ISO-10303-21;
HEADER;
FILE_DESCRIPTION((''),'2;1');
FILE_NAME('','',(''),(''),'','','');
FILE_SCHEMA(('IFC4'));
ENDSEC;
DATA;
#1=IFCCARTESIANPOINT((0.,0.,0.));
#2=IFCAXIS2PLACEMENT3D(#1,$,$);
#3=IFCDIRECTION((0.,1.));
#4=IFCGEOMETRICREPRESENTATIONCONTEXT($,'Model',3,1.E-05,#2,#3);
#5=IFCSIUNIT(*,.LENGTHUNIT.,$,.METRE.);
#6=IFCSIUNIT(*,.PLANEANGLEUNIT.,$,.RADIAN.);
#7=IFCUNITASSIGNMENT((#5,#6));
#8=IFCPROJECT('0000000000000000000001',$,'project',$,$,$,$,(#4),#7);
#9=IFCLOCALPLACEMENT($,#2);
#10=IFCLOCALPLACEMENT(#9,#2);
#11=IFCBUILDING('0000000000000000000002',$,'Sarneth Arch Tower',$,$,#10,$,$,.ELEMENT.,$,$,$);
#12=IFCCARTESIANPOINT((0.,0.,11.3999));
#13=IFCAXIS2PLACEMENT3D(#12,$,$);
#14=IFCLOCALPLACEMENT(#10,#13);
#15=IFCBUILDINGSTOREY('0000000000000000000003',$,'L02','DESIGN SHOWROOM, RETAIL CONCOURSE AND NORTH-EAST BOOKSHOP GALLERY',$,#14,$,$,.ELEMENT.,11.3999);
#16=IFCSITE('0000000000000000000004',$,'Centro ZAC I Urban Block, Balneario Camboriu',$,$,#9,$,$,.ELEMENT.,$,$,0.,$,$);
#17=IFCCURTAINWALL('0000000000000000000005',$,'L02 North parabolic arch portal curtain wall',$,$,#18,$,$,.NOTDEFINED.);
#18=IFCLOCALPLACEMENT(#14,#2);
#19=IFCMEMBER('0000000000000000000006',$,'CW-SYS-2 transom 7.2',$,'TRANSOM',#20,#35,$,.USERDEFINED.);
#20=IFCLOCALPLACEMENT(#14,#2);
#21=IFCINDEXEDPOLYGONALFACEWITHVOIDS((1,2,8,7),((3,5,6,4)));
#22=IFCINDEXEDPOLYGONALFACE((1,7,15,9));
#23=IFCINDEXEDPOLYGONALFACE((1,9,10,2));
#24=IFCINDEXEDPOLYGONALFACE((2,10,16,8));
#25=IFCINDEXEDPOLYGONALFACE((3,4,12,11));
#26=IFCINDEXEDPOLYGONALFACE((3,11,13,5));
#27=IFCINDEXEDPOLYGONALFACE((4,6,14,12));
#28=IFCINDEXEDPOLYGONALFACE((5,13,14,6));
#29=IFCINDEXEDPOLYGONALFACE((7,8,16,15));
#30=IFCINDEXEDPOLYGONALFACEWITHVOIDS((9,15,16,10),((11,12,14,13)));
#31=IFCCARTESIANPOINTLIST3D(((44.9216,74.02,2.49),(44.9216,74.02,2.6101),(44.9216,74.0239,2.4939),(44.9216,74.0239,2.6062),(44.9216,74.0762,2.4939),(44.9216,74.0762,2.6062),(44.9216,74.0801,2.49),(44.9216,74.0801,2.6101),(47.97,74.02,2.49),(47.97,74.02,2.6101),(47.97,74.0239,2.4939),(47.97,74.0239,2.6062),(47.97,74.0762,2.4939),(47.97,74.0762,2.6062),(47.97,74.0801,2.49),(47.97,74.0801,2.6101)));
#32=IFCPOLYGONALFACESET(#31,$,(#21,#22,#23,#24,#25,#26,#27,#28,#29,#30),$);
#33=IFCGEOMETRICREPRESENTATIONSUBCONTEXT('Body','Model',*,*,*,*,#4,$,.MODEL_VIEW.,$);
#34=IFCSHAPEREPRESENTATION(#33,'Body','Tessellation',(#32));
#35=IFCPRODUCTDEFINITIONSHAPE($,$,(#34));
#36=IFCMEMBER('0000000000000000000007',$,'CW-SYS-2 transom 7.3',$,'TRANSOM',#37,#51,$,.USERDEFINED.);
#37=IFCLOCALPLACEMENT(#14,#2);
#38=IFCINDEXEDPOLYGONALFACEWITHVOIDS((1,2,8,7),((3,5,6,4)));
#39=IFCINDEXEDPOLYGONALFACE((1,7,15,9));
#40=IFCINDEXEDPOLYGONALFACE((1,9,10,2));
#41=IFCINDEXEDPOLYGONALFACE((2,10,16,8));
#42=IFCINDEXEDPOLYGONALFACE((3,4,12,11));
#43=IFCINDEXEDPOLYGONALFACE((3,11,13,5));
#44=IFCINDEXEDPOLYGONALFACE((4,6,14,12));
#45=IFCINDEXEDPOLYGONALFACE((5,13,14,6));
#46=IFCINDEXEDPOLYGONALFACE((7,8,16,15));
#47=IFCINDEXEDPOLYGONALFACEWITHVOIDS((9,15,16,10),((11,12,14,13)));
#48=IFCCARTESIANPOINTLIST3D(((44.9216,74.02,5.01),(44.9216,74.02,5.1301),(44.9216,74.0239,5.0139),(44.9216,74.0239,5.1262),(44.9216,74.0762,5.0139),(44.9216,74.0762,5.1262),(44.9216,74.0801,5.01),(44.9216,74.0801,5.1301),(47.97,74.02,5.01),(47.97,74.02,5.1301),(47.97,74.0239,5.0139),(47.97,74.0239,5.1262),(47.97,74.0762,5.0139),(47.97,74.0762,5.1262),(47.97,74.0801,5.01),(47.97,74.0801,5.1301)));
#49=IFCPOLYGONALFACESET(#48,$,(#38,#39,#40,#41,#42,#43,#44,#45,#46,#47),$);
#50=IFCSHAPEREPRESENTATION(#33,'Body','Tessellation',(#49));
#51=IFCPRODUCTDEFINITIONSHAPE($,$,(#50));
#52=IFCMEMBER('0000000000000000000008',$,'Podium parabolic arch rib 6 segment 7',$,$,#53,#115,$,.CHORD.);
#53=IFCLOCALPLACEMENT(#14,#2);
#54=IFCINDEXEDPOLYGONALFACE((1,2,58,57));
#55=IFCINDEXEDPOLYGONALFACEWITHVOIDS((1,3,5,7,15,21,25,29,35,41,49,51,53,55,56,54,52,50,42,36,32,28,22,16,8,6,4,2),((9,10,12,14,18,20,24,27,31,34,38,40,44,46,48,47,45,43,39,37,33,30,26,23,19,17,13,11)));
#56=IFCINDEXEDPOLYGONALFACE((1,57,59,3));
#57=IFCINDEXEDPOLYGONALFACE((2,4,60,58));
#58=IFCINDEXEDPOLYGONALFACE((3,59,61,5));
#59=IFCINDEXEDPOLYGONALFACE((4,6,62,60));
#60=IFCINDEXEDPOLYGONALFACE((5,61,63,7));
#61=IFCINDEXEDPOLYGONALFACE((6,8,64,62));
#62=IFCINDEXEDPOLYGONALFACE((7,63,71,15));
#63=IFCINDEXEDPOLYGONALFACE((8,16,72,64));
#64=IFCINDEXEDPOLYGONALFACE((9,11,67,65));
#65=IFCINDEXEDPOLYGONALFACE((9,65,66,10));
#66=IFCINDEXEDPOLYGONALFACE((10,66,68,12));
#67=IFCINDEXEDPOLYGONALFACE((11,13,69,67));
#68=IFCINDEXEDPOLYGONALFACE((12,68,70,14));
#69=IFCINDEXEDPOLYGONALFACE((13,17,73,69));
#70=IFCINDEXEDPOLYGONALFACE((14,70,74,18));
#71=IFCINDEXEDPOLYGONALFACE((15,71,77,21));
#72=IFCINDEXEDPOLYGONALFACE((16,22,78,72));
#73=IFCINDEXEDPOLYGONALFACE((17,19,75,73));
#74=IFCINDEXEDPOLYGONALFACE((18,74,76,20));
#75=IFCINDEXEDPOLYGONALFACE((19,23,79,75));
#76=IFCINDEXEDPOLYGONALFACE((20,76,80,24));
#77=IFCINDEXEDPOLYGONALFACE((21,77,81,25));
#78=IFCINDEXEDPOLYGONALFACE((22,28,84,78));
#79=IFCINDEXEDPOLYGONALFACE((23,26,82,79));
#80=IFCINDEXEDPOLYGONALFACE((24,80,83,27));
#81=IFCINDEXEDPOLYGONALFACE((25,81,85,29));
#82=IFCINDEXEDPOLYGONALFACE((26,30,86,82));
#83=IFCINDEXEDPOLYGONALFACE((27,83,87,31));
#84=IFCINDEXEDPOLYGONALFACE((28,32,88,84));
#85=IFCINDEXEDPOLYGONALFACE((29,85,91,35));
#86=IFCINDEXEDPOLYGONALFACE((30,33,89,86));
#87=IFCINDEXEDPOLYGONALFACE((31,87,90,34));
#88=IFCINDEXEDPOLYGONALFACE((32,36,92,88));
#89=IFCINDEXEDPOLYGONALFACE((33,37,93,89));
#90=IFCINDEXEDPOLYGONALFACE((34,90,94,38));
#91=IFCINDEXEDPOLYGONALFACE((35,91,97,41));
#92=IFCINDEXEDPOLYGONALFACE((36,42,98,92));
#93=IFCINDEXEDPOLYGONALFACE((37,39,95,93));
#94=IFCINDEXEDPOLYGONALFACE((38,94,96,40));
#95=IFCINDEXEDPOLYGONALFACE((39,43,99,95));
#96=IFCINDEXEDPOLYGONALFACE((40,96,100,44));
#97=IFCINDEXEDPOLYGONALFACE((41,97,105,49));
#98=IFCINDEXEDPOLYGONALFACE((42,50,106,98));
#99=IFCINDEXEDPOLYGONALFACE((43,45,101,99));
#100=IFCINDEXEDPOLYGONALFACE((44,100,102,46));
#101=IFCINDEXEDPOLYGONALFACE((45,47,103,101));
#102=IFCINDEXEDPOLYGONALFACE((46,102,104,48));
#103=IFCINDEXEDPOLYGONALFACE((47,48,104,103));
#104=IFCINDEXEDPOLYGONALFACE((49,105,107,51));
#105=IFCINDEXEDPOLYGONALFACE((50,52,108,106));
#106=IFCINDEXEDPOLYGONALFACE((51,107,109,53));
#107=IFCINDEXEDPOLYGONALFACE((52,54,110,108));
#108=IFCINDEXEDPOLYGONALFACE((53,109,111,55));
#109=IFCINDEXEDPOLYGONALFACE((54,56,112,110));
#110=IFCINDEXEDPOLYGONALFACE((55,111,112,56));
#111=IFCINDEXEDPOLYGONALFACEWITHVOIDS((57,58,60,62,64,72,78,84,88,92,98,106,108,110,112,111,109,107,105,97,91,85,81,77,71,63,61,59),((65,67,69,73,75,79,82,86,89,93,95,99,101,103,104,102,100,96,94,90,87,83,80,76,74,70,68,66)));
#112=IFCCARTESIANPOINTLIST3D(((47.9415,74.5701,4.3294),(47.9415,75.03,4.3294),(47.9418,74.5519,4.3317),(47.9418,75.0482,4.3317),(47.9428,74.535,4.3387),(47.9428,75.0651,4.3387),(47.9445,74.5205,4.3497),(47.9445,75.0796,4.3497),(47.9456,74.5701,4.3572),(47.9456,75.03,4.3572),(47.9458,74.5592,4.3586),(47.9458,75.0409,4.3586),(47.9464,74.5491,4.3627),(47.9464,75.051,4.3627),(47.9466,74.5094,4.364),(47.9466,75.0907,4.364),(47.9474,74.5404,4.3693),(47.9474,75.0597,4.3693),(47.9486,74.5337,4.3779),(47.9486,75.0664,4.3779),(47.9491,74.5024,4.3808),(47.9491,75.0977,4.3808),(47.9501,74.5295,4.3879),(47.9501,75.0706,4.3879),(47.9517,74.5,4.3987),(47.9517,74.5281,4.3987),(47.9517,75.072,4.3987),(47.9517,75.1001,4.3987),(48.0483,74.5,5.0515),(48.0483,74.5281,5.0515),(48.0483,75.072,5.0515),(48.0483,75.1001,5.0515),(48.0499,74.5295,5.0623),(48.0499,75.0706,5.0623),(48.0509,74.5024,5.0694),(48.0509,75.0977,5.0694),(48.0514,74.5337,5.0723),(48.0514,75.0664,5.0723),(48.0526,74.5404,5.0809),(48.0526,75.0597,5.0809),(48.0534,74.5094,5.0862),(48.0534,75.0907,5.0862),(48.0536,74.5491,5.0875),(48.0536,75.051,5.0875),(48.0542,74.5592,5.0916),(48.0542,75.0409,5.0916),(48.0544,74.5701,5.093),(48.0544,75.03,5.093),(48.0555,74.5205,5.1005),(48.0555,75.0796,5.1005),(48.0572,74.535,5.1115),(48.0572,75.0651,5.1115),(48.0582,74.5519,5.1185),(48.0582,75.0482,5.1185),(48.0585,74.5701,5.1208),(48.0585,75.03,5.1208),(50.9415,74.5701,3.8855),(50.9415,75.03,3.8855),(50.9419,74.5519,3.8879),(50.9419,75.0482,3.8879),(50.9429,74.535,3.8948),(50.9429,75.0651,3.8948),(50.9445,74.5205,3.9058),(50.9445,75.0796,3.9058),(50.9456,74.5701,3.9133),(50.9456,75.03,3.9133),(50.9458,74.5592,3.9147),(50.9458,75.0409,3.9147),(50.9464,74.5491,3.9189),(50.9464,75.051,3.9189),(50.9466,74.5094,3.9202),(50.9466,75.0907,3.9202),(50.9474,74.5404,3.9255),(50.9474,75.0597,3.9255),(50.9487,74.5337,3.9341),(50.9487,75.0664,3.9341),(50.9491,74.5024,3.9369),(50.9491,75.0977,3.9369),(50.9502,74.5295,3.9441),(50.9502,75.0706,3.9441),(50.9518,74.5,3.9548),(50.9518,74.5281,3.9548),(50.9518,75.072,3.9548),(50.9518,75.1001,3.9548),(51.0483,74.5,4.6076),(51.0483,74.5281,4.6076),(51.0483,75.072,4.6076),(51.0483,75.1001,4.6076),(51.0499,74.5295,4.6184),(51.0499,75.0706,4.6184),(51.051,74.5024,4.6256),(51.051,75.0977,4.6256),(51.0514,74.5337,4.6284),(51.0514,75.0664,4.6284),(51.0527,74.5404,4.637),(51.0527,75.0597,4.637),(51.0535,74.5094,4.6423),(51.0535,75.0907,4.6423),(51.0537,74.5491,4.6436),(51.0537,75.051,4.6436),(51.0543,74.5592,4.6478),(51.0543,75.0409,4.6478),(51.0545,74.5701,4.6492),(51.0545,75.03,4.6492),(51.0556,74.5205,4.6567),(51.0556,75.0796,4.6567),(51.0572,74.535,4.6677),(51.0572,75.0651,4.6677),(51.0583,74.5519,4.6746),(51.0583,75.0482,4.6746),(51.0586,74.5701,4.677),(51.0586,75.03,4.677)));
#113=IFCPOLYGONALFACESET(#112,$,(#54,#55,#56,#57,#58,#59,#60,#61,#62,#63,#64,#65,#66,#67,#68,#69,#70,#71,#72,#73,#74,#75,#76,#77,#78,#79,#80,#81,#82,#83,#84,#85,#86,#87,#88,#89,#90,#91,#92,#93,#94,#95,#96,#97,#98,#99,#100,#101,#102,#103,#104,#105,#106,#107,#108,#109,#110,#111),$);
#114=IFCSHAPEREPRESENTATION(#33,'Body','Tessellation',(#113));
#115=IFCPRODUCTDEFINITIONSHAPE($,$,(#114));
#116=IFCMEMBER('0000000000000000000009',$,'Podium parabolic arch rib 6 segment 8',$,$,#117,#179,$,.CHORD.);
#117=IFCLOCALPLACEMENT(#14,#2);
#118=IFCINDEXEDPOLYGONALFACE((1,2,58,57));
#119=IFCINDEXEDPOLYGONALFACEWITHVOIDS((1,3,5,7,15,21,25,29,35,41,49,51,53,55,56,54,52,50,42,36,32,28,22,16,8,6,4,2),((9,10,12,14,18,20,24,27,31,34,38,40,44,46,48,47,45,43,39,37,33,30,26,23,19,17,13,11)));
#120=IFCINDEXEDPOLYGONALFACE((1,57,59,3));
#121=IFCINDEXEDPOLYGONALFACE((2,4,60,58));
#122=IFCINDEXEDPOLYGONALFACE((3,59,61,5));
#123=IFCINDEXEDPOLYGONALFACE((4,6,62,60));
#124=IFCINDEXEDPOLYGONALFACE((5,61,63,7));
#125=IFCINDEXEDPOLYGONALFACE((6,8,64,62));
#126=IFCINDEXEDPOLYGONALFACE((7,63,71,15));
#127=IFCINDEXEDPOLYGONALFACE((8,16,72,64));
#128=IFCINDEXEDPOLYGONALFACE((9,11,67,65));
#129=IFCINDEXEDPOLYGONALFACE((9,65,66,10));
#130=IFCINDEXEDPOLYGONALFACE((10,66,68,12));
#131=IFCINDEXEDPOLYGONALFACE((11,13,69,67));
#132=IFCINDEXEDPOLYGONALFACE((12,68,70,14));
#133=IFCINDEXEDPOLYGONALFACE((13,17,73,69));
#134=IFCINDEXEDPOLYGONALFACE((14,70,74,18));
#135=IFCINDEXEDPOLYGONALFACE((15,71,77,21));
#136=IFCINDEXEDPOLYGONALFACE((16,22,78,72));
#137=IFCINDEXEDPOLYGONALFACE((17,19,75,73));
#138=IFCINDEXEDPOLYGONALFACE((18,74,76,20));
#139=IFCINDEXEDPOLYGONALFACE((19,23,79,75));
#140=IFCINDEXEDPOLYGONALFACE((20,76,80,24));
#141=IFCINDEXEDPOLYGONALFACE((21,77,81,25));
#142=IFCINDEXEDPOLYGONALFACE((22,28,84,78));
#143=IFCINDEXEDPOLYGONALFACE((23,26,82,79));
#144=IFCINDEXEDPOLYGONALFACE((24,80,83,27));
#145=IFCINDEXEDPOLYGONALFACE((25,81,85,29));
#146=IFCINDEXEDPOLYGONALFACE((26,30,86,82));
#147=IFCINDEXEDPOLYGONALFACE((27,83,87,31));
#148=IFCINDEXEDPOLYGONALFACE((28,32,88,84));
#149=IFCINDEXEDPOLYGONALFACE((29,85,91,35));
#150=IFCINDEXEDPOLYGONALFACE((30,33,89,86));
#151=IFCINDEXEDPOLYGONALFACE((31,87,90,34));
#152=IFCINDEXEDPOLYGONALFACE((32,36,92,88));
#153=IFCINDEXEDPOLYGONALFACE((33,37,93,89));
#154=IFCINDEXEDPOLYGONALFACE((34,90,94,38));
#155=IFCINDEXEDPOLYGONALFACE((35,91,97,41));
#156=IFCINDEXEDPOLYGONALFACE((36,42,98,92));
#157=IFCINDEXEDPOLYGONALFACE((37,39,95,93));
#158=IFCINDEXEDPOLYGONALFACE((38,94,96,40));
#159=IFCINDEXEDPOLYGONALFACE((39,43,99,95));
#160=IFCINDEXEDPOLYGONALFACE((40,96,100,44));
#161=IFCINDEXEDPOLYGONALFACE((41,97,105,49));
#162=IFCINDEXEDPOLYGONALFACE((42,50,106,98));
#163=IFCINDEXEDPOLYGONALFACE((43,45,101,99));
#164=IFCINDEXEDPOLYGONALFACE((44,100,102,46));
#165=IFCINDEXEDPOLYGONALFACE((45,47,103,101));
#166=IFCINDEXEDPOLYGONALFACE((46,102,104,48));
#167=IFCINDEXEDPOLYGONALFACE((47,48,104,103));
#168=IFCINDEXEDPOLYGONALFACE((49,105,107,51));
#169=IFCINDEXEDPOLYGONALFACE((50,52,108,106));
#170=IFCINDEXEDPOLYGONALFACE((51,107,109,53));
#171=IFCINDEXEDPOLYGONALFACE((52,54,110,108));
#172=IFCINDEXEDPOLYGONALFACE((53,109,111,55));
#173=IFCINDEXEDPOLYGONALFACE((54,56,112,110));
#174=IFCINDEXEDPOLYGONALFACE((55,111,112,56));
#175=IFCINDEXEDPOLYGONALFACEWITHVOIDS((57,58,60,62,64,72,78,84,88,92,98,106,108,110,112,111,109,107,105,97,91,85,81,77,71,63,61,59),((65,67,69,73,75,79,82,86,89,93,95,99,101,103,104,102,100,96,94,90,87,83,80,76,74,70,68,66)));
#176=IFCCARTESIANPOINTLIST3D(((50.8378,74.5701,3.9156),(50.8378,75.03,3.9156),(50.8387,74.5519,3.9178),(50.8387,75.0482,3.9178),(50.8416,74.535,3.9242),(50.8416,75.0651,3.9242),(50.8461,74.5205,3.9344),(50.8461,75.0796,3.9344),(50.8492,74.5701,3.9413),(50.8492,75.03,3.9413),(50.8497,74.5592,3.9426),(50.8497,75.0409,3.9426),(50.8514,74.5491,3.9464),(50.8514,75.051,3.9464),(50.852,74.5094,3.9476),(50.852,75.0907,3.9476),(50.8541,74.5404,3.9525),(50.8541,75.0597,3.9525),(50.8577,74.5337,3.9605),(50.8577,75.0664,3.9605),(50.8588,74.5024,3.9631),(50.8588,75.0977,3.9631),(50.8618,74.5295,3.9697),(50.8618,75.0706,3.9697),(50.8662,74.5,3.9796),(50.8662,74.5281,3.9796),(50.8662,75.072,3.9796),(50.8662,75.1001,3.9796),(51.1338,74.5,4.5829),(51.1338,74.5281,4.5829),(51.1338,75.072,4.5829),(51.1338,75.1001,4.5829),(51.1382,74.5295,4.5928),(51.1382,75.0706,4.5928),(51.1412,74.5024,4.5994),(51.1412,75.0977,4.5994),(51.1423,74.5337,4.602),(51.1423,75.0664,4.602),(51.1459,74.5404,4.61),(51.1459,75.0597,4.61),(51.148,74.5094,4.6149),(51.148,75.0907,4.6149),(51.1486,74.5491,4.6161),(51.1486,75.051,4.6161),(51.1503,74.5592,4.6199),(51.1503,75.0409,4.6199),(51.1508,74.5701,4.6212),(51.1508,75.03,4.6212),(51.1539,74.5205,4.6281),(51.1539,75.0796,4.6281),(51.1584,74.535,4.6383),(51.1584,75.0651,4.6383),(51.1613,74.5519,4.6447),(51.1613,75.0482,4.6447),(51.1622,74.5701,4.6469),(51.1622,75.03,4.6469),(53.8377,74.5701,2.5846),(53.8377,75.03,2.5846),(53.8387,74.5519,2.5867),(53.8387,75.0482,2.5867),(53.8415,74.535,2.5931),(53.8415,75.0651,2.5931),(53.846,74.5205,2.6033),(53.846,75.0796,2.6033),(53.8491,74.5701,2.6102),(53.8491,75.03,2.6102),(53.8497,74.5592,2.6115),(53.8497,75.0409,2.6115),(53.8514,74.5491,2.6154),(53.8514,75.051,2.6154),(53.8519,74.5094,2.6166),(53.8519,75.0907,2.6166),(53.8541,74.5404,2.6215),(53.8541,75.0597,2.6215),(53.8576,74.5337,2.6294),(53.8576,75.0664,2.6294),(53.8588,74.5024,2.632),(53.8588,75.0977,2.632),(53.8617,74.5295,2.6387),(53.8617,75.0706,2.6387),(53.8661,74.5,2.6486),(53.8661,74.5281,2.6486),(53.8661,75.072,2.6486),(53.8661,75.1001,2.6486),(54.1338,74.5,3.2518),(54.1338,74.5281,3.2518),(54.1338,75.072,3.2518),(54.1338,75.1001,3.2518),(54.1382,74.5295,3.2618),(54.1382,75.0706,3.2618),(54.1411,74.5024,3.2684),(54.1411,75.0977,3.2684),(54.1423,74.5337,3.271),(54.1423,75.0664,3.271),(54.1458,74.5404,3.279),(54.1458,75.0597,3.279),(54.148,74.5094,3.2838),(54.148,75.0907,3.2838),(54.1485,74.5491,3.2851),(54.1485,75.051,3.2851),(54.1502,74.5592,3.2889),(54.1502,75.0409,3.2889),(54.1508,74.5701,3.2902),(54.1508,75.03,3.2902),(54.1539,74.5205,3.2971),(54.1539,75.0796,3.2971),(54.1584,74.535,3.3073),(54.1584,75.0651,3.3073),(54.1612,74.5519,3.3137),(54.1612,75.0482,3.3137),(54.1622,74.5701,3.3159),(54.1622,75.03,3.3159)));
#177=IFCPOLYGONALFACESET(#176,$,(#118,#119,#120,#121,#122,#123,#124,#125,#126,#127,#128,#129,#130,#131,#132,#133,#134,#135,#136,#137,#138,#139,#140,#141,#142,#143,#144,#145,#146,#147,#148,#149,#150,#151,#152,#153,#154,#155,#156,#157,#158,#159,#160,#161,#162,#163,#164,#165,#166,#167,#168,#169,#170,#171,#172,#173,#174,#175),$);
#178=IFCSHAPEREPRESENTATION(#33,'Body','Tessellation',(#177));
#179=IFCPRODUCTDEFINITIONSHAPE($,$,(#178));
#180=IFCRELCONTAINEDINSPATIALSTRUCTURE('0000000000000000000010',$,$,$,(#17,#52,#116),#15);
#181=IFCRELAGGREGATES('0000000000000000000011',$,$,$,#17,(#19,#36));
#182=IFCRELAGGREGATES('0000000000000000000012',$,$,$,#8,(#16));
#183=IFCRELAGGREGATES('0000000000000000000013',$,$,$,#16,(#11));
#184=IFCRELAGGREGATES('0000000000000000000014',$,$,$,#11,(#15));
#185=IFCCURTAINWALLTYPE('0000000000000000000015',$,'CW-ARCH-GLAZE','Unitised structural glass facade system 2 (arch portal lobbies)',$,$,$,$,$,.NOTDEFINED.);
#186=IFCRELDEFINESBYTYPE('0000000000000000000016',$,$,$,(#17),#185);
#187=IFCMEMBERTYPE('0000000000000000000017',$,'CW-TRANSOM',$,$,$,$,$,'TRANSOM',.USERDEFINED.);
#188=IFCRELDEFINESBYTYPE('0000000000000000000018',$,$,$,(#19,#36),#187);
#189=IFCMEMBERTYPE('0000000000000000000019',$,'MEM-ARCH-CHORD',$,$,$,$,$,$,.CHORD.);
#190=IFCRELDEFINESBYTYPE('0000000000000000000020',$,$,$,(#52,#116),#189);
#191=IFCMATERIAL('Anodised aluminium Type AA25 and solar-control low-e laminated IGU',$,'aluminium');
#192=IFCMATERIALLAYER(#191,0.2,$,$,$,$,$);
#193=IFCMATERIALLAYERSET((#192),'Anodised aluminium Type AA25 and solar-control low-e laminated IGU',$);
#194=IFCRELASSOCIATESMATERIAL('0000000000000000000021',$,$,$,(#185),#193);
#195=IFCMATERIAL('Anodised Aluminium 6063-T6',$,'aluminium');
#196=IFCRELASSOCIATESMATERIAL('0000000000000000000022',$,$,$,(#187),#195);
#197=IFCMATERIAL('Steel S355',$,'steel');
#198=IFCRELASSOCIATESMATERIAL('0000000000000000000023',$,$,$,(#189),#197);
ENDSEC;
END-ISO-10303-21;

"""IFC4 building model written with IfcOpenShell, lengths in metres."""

from ifc_helpers import new_model, si_unit, direction, frame, origin, origin_2d, place, context, subcontext, project, spatial, hollow_rectangle, extrude, material, layer, layer_set, material_profile, profile_set, type_object, element, aggregate, save


model = new_model("IFC4")

# Units and contexts
model_context = context("Model", 3, precision=1e-05, world=origin(), true_north=direction((0.0, 1.0)))
body_context = subcontext(model_context, "Body", "Model", "MODEL_VIEW")
ifc_project = project(units=[si_unit("LENGTHUNIT", "METRE"), si_unit("PLANEANGLEUNIT", "RADIAN")], contexts=[model_context])

# Site, building, storey
site_placement = place(None, origin())
site = spatial("IfcSite", under=ifc_project, at=site_placement, Name="Centro ZAC I Urban Block, Balneario Camboriu", CompositionType="ELEMENT", RefElevation=0.0)
building_placement = place(site_placement, origin())
building = spatial("IfcBuilding", under=site, at=building_placement, Name="Sarneth Arch Tower", CompositionType="ELEMENT")
storey_placement = place(building_placement, frame((0.0, 0.0, 11.3999)))
storey = spatial("IfcBuildingStorey", under=building, at=storey_placement, Name="L02", Description="DESIGN SHOWROOM, RETAIL CONCOURSE AND NORTH-EAST BOOKSHOP GALLERY", CompositionType="ELEMENT", Elevation=11.3999)

# Curtain wall, members
ifc_material_1 = material(Name="Anodised aluminium Type AA25 and solar-control low-e laminated IGU", Category="aluminium")
ifc_layer_1 = layer(ifc_material_1, 0.2)
ifc_layer_set_1 = layer_set([ifc_layer_1], Name="Anodised aluminium Type AA25 and solar-control low-e laminated IGU")
curtain_wall_type = type_object("IfcCurtainWallType", Name="CW-ARCH-GLAZE", Description="Unitised structural glass facade system 2 (arch portal lobbies)", PredefinedType="NOTDEFINED", material=ifc_layer_set_1)
curtain_wall_placement = place(storey_placement, origin())
curtain_wall = element("IfcCurtainWall", 1, at=curtain_wall_placement, inside=storey, type_object=curtain_wall_type, Name="L02 North parabolic arch portal curtain wall", PredefinedType="NOTDEFINED")
ifc_material_2 = material(Name="Anodised Aluminium 6063-T6", Category="aluminium")
ifc_material_profile_1 = material_profile(ifc_material_2, hollow_rectangle(XDim=0.0601, YDim=0.1201, WallThickness=0.0039, at=origin_2d()), Name="AL-TRAN-120x60x4")
ifc_profile_set_1 = profile_set([ifc_material_profile_1], Name="Anodised Aluminium 6063-T6")
member_type_1 = type_object("IfcMemberType", Name="CW-TRANSOM", ElementType="TRANSOM", PredefinedType="USERDEFINED", material=ifc_profile_set_1)
member_1_placement = place(storey_placement, frame((47.97, 74.05, 2.55), z_axis=(-1.0, 0.0, 0.0), x_axis=(0.0, -1.0, 0.0)))
member_1 = element("IfcMember", 2, at=member_1_placement, type_object=member_type_1, Name="CW-SYS-2 transom 7.2", ObjectType="TRANSOM", PredefinedType="USERDEFINED", context=body_context, shape_type="SweptSolid", body=[
    extrude(hollow_rectangle(XDim=0.0601, YDim=0.1201, WallThickness=0.0039, at=origin_2d()), origin(), (0.0, 0.0, 1.0), 3.0483),
])
member_2_placement = place(storey_placement, frame((47.97, 74.05, 5.0701), z_axis=(-1.0, 0.0, 0.0), x_axis=(0.0, -1.0, 0.0)))
member_2 = element("IfcMember", 3, at=member_2_placement, type_object=member_type_1, Name="CW-SYS-2 transom 7.3", ObjectType="TRANSOM", PredefinedType="USERDEFINED", context=body_context, shape_type="SweptSolid", body=[
    extrude(hollow_rectangle(XDim=0.0601, YDim=0.1201, WallThickness=0.0039, at=origin_2d()), origin(), (0.0, 0.0, 1.0), 3.0483),
])

# Members
ifc_material_3 = material(Name="Steel S355", Category="steel")
ifc_material_profile_2 = material_profile(ifc_material_3, hollow_rectangle(XDim=0.6001, YDim=0.8, WallThickness=0.0281, InnerFilletRadius=0.042, OuterFilletRadius=0.0701, at=origin_2d()), Name="RHS800x600x28")
ifc_profile_set_2 = profile_set([ifc_material_profile_2], Name="Steel S355")
member_type_2 = type_object("IfcMemberType", Name="MEM-ARCH-CHORD", PredefinedType="CHORD", material=ifc_profile_set_2)
member_3_placement = place(storey_placement, frame((48.0, 74.8, 4.7251), z_axis=(0.989232, 0.0, -0.146356), x_axis=(0.0, 1.0, 0.0)))
element("IfcMember", 4, at=member_3_placement, inside=storey, type_object=member_type_2, Name="Podium parabolic arch rib 6 segment 7", PredefinedType="CHORD", context=body_context, shape_type="SweptSolid", body=[
    extrude(hollow_rectangle(XDim=0.6001, YDim=0.8, WallThickness=0.0281, InnerFilletRadius=0.042, OuterFilletRadius=0.0701, at=origin_2d()), origin(), (0.0, 0.0, 1.0), 3.0327),
])
member_4_placement = place(storey_placement, frame((51.0, 74.8, 4.2812), z_axis=(0.914069, 0.0, -0.405559), x_axis=(0.0, 1.0, 0.0)))
element("IfcMember", 5, at=member_4_placement, inside=storey, type_object=member_type_2, Name="Podium parabolic arch rib 6 segment 8", PredefinedType="CHORD", context=body_context, shape_type="SweptSolid", body=[
    extrude(hollow_rectangle(XDim=0.6001, YDim=0.8, WallThickness=0.0281, InnerFilletRadius=0.042, OuterFilletRadius=0.0701, at=origin_2d()), origin(), (0.0, 0.0, 1.0), 3.282),
])

aggregate(curtain_wall, [member_1, member_2])

save(model, "model.ifc")
